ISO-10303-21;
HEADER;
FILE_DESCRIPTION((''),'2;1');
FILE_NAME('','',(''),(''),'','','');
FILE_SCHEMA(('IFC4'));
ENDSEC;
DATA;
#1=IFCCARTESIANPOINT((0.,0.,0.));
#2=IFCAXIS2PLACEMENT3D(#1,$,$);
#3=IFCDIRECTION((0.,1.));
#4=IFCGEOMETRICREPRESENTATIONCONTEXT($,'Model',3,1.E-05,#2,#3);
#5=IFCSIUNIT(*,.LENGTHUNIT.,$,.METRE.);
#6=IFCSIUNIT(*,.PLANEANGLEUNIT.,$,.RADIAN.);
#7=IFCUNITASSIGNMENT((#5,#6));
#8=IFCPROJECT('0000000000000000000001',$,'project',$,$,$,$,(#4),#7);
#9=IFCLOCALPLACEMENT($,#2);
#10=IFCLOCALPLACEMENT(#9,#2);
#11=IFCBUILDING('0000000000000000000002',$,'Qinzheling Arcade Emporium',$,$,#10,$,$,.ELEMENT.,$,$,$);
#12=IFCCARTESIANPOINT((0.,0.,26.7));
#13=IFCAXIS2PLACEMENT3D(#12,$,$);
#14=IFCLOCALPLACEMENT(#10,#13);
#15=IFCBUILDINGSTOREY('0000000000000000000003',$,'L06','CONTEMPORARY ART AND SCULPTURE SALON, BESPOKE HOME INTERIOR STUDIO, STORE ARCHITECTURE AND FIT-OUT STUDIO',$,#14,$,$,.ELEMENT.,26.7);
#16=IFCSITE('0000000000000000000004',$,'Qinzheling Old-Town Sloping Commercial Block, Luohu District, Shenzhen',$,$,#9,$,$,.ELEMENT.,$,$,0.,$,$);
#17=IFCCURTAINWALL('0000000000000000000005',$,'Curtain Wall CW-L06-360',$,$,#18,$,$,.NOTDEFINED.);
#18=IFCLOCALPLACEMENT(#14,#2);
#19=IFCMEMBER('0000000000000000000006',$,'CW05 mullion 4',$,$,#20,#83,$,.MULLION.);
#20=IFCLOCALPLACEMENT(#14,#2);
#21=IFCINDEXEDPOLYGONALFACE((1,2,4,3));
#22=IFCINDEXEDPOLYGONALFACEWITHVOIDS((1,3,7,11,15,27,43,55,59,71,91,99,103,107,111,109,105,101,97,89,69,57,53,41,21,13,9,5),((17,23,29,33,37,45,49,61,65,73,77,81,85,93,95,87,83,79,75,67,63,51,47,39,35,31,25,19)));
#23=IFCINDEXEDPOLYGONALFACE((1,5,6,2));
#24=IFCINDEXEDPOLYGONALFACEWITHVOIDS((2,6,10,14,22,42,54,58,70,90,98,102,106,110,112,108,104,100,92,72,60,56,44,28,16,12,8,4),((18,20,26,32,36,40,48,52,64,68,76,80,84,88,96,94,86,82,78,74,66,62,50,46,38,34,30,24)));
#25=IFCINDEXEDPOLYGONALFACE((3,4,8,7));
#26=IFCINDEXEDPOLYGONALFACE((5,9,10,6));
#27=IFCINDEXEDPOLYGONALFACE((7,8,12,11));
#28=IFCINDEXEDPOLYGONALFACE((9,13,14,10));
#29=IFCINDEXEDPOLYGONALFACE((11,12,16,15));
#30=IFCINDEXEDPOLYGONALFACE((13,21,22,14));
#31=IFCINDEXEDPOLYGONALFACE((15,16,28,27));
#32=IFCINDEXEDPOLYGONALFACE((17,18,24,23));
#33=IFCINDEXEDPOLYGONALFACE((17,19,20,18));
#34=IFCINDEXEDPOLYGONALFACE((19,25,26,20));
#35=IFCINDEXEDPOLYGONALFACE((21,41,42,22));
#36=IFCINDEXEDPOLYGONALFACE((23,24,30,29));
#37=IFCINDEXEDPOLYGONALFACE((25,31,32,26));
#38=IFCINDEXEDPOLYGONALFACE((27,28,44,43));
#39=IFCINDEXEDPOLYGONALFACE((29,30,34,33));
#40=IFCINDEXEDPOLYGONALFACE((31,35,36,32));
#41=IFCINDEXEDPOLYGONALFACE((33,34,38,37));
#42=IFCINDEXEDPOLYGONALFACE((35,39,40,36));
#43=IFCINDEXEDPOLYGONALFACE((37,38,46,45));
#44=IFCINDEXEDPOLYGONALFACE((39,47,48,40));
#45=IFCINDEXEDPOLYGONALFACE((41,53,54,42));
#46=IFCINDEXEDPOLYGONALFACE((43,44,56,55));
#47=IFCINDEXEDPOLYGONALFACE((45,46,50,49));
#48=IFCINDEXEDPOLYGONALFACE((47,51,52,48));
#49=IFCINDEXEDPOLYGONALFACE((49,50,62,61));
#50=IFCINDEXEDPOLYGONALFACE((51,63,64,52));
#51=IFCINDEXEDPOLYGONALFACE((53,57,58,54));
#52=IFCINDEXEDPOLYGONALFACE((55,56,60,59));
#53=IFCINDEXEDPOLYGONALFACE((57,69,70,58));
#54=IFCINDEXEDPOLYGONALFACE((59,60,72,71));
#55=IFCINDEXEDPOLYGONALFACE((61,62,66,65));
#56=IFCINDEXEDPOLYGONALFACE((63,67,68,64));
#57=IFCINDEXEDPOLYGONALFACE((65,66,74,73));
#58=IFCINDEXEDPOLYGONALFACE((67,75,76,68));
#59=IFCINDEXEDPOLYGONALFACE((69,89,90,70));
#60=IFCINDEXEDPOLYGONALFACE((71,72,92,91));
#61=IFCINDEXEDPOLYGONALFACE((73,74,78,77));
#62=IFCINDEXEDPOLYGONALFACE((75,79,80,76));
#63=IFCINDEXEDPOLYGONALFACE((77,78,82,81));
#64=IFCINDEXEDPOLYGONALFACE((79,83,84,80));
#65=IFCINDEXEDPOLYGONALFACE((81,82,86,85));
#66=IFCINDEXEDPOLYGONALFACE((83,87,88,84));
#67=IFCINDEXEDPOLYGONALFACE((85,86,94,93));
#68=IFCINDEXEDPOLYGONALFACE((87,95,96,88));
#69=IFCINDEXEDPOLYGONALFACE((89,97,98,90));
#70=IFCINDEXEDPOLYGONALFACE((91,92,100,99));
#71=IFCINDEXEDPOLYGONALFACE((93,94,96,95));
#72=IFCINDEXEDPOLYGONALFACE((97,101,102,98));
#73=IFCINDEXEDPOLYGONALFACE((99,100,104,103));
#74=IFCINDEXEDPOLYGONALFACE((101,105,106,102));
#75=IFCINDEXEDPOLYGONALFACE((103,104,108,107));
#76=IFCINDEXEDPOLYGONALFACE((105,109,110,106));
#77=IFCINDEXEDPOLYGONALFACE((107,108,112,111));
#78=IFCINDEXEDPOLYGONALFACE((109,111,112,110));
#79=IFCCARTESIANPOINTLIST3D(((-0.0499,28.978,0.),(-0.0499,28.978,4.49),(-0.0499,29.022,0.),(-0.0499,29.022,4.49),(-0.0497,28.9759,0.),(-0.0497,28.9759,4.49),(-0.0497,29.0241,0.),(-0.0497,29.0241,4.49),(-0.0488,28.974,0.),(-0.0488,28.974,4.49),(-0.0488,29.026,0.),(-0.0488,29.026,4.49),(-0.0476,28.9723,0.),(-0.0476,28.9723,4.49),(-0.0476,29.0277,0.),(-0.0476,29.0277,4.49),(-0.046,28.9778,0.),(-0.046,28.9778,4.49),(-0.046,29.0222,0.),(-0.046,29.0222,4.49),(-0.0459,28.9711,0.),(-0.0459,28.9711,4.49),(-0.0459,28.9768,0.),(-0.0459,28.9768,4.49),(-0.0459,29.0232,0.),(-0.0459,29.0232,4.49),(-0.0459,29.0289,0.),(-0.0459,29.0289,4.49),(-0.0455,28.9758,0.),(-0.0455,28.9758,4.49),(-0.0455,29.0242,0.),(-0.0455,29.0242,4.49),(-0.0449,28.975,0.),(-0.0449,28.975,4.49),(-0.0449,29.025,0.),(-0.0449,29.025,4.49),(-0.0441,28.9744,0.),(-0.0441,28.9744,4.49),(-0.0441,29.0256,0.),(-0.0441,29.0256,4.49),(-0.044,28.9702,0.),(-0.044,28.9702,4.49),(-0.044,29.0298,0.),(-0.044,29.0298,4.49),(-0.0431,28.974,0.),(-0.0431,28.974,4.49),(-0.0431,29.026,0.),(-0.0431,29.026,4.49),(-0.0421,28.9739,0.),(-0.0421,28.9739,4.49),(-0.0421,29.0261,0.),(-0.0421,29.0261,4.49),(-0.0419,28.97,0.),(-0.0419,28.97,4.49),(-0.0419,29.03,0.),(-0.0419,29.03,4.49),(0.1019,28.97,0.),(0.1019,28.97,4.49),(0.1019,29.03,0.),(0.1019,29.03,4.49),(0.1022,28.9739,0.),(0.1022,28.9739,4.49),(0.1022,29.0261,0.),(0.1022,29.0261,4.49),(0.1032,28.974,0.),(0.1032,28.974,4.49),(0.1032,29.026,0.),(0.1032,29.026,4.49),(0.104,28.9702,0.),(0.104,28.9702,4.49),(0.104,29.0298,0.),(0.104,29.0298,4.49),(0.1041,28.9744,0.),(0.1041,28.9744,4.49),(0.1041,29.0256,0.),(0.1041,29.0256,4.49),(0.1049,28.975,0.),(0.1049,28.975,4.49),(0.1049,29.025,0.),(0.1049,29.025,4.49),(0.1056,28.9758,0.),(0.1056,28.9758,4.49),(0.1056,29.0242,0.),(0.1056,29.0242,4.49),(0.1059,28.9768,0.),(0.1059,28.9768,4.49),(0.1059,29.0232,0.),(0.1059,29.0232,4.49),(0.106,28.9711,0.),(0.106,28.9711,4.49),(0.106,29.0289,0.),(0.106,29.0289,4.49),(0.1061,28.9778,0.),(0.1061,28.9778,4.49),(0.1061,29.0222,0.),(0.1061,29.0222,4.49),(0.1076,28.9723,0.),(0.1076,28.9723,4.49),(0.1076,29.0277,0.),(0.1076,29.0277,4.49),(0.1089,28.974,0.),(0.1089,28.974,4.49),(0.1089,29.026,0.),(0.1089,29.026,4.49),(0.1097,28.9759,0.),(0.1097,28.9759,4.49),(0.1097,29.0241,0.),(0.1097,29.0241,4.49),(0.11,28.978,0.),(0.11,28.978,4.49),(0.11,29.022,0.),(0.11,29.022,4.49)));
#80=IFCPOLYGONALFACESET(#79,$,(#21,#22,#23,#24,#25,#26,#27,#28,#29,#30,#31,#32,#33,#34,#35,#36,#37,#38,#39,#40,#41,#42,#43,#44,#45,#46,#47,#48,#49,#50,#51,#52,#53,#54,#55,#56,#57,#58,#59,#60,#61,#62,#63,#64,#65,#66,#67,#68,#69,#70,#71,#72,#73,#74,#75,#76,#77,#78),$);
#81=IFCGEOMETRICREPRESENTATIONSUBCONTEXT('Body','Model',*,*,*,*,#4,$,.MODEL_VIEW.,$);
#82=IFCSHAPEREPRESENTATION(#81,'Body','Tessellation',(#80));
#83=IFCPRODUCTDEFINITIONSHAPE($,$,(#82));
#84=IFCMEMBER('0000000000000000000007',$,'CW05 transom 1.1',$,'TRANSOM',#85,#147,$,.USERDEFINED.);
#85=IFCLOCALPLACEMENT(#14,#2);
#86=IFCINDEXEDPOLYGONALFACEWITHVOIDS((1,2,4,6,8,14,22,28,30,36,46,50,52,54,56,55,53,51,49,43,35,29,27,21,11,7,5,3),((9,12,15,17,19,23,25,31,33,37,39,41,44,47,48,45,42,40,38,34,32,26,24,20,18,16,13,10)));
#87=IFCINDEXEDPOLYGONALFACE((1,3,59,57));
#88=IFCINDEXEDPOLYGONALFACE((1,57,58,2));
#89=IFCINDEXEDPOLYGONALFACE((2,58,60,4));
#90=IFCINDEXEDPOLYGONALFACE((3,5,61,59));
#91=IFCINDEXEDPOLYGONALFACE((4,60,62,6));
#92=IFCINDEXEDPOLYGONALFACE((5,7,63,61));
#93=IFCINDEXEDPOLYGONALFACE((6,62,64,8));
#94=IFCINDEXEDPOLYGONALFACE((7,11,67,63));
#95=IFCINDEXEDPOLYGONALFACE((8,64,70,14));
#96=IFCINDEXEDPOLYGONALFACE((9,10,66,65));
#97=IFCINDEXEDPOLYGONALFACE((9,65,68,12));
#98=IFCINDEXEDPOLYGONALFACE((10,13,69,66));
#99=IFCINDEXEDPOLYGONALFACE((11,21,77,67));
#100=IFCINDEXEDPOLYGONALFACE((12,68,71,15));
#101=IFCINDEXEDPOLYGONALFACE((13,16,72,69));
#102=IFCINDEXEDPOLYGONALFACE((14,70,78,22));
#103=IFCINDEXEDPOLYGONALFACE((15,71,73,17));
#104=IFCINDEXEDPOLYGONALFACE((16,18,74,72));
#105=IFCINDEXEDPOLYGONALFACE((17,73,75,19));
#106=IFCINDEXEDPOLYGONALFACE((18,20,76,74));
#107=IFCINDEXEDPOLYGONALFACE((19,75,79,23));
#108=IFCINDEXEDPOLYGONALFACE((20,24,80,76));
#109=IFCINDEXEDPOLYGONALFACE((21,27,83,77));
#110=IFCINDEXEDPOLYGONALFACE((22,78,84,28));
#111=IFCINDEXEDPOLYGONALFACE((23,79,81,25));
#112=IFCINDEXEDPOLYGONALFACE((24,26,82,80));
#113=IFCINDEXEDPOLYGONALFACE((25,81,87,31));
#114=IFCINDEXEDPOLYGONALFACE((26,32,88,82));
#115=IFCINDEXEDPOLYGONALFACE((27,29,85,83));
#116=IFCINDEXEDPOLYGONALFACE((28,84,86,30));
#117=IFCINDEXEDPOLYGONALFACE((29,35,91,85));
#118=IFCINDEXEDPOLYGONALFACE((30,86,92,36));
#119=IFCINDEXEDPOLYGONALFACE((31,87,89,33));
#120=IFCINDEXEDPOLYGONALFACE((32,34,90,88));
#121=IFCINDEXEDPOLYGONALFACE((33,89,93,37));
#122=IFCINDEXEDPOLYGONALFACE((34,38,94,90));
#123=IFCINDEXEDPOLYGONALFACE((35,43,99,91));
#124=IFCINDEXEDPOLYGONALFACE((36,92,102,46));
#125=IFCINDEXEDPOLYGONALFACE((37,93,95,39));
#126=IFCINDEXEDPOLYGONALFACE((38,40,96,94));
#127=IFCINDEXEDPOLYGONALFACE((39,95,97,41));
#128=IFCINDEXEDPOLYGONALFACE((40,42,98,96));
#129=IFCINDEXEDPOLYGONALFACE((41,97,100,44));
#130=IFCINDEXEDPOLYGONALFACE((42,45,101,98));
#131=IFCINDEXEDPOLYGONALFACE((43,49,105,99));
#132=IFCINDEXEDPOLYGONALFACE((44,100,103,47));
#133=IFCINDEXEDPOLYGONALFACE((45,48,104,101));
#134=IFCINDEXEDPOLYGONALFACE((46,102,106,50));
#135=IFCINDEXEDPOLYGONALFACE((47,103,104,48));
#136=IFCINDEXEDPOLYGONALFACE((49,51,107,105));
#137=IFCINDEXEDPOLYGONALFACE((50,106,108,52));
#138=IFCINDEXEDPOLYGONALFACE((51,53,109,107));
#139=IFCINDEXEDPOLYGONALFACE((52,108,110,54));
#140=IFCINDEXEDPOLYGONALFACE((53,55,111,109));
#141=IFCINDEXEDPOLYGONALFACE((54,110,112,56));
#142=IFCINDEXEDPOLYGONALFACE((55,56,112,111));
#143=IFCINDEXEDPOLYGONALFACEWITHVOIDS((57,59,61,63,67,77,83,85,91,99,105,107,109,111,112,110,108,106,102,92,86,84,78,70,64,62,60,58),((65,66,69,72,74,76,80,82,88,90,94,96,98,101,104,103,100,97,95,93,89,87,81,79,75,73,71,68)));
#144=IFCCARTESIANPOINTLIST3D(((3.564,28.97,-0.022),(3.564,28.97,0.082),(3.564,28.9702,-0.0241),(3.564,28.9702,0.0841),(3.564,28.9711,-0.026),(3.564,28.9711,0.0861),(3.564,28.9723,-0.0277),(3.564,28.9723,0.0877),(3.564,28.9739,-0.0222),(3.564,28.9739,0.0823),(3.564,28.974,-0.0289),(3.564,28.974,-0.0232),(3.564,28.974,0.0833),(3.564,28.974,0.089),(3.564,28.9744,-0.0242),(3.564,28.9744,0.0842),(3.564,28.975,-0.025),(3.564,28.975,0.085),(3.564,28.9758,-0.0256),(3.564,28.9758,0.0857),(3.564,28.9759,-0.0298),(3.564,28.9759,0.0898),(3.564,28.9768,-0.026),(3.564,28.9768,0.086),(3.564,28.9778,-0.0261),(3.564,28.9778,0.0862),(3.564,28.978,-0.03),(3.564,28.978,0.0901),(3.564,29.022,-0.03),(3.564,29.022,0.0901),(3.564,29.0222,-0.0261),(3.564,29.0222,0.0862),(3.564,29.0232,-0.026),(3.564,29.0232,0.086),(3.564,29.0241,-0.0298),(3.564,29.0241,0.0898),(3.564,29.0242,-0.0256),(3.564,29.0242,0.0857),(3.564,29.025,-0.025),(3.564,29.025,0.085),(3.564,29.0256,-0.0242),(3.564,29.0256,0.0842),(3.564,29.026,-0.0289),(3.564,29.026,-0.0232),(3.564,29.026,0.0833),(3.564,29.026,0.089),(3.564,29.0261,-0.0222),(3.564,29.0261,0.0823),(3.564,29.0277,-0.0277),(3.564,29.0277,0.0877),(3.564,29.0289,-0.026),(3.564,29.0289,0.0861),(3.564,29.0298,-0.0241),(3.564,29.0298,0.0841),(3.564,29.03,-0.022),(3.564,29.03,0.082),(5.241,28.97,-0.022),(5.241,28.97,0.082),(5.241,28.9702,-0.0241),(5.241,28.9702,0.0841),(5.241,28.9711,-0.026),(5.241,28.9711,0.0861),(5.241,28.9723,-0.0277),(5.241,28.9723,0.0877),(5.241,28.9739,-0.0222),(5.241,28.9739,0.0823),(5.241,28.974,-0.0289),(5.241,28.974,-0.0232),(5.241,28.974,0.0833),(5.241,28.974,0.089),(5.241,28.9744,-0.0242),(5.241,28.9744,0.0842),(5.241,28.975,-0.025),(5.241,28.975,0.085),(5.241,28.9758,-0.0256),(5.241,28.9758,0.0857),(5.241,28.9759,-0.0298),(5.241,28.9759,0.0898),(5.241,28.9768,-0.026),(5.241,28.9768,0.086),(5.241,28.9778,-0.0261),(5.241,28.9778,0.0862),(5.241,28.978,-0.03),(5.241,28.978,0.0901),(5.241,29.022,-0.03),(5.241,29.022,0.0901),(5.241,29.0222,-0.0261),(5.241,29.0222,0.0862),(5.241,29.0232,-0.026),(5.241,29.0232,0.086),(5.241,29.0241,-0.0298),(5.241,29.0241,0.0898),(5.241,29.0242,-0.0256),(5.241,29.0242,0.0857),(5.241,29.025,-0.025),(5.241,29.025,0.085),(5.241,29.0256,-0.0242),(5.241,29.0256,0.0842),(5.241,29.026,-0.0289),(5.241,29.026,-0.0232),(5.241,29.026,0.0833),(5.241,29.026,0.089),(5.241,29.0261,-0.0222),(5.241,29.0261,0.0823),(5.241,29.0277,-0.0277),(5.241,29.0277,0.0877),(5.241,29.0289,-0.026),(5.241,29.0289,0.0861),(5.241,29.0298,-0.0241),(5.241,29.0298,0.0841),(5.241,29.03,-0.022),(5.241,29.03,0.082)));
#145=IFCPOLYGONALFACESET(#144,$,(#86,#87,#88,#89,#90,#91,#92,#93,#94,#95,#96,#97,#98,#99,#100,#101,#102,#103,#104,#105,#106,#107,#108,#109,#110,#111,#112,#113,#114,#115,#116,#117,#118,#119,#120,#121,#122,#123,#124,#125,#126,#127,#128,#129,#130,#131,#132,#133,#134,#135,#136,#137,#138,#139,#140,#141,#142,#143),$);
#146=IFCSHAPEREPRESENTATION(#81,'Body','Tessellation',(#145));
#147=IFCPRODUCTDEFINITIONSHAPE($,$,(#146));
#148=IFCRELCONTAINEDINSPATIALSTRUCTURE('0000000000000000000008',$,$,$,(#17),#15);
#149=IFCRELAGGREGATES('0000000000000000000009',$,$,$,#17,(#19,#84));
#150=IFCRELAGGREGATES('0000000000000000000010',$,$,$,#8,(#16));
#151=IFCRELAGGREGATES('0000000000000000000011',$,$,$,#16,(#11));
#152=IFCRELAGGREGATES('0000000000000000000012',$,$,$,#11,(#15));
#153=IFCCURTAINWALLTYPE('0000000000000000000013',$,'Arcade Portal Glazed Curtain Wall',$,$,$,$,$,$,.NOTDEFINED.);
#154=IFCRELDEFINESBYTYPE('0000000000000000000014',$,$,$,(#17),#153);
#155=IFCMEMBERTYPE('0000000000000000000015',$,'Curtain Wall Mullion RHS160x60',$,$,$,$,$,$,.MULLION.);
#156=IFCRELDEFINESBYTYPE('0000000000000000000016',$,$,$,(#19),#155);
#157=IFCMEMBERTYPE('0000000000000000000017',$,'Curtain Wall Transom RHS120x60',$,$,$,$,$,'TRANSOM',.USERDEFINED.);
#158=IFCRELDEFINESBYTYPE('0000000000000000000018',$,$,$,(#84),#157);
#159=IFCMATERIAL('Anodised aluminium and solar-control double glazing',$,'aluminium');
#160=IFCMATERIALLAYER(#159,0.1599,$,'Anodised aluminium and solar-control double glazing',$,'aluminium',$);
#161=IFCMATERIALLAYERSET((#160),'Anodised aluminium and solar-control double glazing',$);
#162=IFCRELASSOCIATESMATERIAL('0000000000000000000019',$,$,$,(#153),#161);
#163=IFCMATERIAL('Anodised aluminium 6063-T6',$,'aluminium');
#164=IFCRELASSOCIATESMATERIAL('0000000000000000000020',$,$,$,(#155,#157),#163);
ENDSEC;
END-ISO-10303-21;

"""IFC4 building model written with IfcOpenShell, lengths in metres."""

from ifc_helpers import new_model, si_unit, direction, frame, origin, origin_2d, place, context, subcontext, project, spatial, hollow_rectangle, extrude, material, layer, layer_set, material_profile, profile_set, type_object, element, aggregate, save


model = new_model("IFC4")

# Units and contexts
model_context = context("Model", 3, precision=1e-05, world=origin(), true_north=direction((0.0, 1.0)))
body_context = subcontext(model_context, "Body", "Model", "MODEL_VIEW")
ifc_project = project(units=[si_unit("LENGTHUNIT", "METRE"), si_unit("PLANEANGLEUNIT", "RADIAN")], contexts=[model_context])

# Site, building, storey
site_placement = place(None, origin())
site = spatial("IfcSite", under=ifc_project, at=site_placement, Name="Qinzheling Old-Town Sloping Commercial Block, Luohu District, Shenzhen", CompositionType="ELEMENT", RefElevation=0.0)
building_placement = place(site_placement, origin())
building = spatial("IfcBuilding", under=site, at=building_placement, Name="Qinzheling Arcade Emporium", CompositionType="ELEMENT")
storey_placement = place(building_placement, frame((0.0, 0.0, 26.7)))
storey = spatial("IfcBuildingStorey", under=building, at=storey_placement, Name="L06", Description="CONTEMPORARY ART AND SCULPTURE SALON, BESPOKE HOME INTERIOR STUDIO, STORE ARCHITECTURE AND FIT-OUT STUDIO", CompositionType="ELEMENT", Elevation=26.7)

# Curtain wall, members
ifc_material_1 = material(Name="Anodised aluminium and solar-control double glazing", Category="aluminium")
ifc_layer_1 = layer(ifc_material_1, 0.1599, Name="Anodised aluminium and solar-control double glazing", Category="aluminium")
ifc_layer_set_1 = layer_set([ifc_layer_1], Name="Anodised aluminium and solar-control double glazing")
curtain_wall_type = type_object("IfcCurtainWallType", Name="Arcade Portal Glazed Curtain Wall", PredefinedType="NOTDEFINED", material=ifc_layer_set_1)
curtain_wall_placement = place(storey_placement, origin())
curtain_wall = element("IfcCurtainWall", 1, at=curtain_wall_placement, inside=storey, type_object=curtain_wall_type, Name="Curtain Wall CW-L06-360", PredefinedType="NOTDEFINED")
ifc_material_2 = material(Name="Anodised aluminium 6063-T6", Category="aluminium")
ifc_material_profile_1 = material_profile(ifc_material_2, hollow_rectangle(XDim=0.0601, YDim=0.1599, WallThickness=0.0039, InnerFilletRadius=0.0039, OuterFilletRadius=0.0081, at=origin_2d()), Name="RHS 160x60x4", Category="aluminium")
ifc_profile_set_1 = profile_set([ifc_material_profile_1], Name="Anodised aluminium 6063-T6")
member_type_1 = type_object("IfcMemberType", Name="Curtain Wall Mullion RHS160x60", PredefinedType="MULLION", material=ifc_profile_set_1)
member_1_placement = place(storey_placement, frame((0.03, 29.0, 0.0), z_axis=(0.0, 0.0, 1.0), x_axis=(0.0, -1.0, 0.0)))
member_1 = element("IfcMember", 2, at=member_1_placement, type_object=member_type_1, Name="CW05 mullion 4", PredefinedType="MULLION", context=body_context, shape_type="SweptSolid", body=[
    extrude(hollow_rectangle(XDim=0.0601, YDim=0.1599, WallThickness=0.0039, InnerFilletRadius=0.0039, OuterFilletRadius=0.0081, at=origin_2d()), origin(), (0.0, 0.0, 1.0), 4.49),
])
ifc_material_profile_2 = material_profile(ifc_material_2, hollow_rectangle(XDim=0.0601, YDim=0.1201, WallThickness=0.0039, InnerFilletRadius=0.0039, OuterFilletRadius=0.0081, at=origin_2d()), Name="RHS 120x60x4", Category="aluminium")
ifc_profile_set_2 = profile_set([ifc_material_profile_2], Name="Anodised aluminium 6063-T6")
member_type_2 = type_object("IfcMemberType", Name="Curtain Wall Transom RHS120x60", ElementType="TRANSOM", PredefinedType="USERDEFINED", material=ifc_profile_set_2)
member_2_placement = place(storey_placement, frame((5.241, 29.0, 0.03), z_axis=(-1.0, 0.0, 0.0), x_axis=(0.0, -1.0, 0.0)))
member_2 = element("IfcMember", 3, at=member_2_placement, type_object=member_type_2, Name="CW05 transom 1.1", ObjectType="TRANSOM", PredefinedType="USERDEFINED", context=body_context, shape_type="SweptSolid", body=[
    extrude(hollow_rectangle(XDim=0.0601, YDim=0.1201, WallThickness=0.0039, InnerFilletRadius=0.0039, OuterFilletRadius=0.0081, at=origin_2d()), origin(), (0.0, 0.0, 1.0), 1.677),
])
aggregate(curtain_wall, [member_1, member_2])

save(model, "model.ifc")
